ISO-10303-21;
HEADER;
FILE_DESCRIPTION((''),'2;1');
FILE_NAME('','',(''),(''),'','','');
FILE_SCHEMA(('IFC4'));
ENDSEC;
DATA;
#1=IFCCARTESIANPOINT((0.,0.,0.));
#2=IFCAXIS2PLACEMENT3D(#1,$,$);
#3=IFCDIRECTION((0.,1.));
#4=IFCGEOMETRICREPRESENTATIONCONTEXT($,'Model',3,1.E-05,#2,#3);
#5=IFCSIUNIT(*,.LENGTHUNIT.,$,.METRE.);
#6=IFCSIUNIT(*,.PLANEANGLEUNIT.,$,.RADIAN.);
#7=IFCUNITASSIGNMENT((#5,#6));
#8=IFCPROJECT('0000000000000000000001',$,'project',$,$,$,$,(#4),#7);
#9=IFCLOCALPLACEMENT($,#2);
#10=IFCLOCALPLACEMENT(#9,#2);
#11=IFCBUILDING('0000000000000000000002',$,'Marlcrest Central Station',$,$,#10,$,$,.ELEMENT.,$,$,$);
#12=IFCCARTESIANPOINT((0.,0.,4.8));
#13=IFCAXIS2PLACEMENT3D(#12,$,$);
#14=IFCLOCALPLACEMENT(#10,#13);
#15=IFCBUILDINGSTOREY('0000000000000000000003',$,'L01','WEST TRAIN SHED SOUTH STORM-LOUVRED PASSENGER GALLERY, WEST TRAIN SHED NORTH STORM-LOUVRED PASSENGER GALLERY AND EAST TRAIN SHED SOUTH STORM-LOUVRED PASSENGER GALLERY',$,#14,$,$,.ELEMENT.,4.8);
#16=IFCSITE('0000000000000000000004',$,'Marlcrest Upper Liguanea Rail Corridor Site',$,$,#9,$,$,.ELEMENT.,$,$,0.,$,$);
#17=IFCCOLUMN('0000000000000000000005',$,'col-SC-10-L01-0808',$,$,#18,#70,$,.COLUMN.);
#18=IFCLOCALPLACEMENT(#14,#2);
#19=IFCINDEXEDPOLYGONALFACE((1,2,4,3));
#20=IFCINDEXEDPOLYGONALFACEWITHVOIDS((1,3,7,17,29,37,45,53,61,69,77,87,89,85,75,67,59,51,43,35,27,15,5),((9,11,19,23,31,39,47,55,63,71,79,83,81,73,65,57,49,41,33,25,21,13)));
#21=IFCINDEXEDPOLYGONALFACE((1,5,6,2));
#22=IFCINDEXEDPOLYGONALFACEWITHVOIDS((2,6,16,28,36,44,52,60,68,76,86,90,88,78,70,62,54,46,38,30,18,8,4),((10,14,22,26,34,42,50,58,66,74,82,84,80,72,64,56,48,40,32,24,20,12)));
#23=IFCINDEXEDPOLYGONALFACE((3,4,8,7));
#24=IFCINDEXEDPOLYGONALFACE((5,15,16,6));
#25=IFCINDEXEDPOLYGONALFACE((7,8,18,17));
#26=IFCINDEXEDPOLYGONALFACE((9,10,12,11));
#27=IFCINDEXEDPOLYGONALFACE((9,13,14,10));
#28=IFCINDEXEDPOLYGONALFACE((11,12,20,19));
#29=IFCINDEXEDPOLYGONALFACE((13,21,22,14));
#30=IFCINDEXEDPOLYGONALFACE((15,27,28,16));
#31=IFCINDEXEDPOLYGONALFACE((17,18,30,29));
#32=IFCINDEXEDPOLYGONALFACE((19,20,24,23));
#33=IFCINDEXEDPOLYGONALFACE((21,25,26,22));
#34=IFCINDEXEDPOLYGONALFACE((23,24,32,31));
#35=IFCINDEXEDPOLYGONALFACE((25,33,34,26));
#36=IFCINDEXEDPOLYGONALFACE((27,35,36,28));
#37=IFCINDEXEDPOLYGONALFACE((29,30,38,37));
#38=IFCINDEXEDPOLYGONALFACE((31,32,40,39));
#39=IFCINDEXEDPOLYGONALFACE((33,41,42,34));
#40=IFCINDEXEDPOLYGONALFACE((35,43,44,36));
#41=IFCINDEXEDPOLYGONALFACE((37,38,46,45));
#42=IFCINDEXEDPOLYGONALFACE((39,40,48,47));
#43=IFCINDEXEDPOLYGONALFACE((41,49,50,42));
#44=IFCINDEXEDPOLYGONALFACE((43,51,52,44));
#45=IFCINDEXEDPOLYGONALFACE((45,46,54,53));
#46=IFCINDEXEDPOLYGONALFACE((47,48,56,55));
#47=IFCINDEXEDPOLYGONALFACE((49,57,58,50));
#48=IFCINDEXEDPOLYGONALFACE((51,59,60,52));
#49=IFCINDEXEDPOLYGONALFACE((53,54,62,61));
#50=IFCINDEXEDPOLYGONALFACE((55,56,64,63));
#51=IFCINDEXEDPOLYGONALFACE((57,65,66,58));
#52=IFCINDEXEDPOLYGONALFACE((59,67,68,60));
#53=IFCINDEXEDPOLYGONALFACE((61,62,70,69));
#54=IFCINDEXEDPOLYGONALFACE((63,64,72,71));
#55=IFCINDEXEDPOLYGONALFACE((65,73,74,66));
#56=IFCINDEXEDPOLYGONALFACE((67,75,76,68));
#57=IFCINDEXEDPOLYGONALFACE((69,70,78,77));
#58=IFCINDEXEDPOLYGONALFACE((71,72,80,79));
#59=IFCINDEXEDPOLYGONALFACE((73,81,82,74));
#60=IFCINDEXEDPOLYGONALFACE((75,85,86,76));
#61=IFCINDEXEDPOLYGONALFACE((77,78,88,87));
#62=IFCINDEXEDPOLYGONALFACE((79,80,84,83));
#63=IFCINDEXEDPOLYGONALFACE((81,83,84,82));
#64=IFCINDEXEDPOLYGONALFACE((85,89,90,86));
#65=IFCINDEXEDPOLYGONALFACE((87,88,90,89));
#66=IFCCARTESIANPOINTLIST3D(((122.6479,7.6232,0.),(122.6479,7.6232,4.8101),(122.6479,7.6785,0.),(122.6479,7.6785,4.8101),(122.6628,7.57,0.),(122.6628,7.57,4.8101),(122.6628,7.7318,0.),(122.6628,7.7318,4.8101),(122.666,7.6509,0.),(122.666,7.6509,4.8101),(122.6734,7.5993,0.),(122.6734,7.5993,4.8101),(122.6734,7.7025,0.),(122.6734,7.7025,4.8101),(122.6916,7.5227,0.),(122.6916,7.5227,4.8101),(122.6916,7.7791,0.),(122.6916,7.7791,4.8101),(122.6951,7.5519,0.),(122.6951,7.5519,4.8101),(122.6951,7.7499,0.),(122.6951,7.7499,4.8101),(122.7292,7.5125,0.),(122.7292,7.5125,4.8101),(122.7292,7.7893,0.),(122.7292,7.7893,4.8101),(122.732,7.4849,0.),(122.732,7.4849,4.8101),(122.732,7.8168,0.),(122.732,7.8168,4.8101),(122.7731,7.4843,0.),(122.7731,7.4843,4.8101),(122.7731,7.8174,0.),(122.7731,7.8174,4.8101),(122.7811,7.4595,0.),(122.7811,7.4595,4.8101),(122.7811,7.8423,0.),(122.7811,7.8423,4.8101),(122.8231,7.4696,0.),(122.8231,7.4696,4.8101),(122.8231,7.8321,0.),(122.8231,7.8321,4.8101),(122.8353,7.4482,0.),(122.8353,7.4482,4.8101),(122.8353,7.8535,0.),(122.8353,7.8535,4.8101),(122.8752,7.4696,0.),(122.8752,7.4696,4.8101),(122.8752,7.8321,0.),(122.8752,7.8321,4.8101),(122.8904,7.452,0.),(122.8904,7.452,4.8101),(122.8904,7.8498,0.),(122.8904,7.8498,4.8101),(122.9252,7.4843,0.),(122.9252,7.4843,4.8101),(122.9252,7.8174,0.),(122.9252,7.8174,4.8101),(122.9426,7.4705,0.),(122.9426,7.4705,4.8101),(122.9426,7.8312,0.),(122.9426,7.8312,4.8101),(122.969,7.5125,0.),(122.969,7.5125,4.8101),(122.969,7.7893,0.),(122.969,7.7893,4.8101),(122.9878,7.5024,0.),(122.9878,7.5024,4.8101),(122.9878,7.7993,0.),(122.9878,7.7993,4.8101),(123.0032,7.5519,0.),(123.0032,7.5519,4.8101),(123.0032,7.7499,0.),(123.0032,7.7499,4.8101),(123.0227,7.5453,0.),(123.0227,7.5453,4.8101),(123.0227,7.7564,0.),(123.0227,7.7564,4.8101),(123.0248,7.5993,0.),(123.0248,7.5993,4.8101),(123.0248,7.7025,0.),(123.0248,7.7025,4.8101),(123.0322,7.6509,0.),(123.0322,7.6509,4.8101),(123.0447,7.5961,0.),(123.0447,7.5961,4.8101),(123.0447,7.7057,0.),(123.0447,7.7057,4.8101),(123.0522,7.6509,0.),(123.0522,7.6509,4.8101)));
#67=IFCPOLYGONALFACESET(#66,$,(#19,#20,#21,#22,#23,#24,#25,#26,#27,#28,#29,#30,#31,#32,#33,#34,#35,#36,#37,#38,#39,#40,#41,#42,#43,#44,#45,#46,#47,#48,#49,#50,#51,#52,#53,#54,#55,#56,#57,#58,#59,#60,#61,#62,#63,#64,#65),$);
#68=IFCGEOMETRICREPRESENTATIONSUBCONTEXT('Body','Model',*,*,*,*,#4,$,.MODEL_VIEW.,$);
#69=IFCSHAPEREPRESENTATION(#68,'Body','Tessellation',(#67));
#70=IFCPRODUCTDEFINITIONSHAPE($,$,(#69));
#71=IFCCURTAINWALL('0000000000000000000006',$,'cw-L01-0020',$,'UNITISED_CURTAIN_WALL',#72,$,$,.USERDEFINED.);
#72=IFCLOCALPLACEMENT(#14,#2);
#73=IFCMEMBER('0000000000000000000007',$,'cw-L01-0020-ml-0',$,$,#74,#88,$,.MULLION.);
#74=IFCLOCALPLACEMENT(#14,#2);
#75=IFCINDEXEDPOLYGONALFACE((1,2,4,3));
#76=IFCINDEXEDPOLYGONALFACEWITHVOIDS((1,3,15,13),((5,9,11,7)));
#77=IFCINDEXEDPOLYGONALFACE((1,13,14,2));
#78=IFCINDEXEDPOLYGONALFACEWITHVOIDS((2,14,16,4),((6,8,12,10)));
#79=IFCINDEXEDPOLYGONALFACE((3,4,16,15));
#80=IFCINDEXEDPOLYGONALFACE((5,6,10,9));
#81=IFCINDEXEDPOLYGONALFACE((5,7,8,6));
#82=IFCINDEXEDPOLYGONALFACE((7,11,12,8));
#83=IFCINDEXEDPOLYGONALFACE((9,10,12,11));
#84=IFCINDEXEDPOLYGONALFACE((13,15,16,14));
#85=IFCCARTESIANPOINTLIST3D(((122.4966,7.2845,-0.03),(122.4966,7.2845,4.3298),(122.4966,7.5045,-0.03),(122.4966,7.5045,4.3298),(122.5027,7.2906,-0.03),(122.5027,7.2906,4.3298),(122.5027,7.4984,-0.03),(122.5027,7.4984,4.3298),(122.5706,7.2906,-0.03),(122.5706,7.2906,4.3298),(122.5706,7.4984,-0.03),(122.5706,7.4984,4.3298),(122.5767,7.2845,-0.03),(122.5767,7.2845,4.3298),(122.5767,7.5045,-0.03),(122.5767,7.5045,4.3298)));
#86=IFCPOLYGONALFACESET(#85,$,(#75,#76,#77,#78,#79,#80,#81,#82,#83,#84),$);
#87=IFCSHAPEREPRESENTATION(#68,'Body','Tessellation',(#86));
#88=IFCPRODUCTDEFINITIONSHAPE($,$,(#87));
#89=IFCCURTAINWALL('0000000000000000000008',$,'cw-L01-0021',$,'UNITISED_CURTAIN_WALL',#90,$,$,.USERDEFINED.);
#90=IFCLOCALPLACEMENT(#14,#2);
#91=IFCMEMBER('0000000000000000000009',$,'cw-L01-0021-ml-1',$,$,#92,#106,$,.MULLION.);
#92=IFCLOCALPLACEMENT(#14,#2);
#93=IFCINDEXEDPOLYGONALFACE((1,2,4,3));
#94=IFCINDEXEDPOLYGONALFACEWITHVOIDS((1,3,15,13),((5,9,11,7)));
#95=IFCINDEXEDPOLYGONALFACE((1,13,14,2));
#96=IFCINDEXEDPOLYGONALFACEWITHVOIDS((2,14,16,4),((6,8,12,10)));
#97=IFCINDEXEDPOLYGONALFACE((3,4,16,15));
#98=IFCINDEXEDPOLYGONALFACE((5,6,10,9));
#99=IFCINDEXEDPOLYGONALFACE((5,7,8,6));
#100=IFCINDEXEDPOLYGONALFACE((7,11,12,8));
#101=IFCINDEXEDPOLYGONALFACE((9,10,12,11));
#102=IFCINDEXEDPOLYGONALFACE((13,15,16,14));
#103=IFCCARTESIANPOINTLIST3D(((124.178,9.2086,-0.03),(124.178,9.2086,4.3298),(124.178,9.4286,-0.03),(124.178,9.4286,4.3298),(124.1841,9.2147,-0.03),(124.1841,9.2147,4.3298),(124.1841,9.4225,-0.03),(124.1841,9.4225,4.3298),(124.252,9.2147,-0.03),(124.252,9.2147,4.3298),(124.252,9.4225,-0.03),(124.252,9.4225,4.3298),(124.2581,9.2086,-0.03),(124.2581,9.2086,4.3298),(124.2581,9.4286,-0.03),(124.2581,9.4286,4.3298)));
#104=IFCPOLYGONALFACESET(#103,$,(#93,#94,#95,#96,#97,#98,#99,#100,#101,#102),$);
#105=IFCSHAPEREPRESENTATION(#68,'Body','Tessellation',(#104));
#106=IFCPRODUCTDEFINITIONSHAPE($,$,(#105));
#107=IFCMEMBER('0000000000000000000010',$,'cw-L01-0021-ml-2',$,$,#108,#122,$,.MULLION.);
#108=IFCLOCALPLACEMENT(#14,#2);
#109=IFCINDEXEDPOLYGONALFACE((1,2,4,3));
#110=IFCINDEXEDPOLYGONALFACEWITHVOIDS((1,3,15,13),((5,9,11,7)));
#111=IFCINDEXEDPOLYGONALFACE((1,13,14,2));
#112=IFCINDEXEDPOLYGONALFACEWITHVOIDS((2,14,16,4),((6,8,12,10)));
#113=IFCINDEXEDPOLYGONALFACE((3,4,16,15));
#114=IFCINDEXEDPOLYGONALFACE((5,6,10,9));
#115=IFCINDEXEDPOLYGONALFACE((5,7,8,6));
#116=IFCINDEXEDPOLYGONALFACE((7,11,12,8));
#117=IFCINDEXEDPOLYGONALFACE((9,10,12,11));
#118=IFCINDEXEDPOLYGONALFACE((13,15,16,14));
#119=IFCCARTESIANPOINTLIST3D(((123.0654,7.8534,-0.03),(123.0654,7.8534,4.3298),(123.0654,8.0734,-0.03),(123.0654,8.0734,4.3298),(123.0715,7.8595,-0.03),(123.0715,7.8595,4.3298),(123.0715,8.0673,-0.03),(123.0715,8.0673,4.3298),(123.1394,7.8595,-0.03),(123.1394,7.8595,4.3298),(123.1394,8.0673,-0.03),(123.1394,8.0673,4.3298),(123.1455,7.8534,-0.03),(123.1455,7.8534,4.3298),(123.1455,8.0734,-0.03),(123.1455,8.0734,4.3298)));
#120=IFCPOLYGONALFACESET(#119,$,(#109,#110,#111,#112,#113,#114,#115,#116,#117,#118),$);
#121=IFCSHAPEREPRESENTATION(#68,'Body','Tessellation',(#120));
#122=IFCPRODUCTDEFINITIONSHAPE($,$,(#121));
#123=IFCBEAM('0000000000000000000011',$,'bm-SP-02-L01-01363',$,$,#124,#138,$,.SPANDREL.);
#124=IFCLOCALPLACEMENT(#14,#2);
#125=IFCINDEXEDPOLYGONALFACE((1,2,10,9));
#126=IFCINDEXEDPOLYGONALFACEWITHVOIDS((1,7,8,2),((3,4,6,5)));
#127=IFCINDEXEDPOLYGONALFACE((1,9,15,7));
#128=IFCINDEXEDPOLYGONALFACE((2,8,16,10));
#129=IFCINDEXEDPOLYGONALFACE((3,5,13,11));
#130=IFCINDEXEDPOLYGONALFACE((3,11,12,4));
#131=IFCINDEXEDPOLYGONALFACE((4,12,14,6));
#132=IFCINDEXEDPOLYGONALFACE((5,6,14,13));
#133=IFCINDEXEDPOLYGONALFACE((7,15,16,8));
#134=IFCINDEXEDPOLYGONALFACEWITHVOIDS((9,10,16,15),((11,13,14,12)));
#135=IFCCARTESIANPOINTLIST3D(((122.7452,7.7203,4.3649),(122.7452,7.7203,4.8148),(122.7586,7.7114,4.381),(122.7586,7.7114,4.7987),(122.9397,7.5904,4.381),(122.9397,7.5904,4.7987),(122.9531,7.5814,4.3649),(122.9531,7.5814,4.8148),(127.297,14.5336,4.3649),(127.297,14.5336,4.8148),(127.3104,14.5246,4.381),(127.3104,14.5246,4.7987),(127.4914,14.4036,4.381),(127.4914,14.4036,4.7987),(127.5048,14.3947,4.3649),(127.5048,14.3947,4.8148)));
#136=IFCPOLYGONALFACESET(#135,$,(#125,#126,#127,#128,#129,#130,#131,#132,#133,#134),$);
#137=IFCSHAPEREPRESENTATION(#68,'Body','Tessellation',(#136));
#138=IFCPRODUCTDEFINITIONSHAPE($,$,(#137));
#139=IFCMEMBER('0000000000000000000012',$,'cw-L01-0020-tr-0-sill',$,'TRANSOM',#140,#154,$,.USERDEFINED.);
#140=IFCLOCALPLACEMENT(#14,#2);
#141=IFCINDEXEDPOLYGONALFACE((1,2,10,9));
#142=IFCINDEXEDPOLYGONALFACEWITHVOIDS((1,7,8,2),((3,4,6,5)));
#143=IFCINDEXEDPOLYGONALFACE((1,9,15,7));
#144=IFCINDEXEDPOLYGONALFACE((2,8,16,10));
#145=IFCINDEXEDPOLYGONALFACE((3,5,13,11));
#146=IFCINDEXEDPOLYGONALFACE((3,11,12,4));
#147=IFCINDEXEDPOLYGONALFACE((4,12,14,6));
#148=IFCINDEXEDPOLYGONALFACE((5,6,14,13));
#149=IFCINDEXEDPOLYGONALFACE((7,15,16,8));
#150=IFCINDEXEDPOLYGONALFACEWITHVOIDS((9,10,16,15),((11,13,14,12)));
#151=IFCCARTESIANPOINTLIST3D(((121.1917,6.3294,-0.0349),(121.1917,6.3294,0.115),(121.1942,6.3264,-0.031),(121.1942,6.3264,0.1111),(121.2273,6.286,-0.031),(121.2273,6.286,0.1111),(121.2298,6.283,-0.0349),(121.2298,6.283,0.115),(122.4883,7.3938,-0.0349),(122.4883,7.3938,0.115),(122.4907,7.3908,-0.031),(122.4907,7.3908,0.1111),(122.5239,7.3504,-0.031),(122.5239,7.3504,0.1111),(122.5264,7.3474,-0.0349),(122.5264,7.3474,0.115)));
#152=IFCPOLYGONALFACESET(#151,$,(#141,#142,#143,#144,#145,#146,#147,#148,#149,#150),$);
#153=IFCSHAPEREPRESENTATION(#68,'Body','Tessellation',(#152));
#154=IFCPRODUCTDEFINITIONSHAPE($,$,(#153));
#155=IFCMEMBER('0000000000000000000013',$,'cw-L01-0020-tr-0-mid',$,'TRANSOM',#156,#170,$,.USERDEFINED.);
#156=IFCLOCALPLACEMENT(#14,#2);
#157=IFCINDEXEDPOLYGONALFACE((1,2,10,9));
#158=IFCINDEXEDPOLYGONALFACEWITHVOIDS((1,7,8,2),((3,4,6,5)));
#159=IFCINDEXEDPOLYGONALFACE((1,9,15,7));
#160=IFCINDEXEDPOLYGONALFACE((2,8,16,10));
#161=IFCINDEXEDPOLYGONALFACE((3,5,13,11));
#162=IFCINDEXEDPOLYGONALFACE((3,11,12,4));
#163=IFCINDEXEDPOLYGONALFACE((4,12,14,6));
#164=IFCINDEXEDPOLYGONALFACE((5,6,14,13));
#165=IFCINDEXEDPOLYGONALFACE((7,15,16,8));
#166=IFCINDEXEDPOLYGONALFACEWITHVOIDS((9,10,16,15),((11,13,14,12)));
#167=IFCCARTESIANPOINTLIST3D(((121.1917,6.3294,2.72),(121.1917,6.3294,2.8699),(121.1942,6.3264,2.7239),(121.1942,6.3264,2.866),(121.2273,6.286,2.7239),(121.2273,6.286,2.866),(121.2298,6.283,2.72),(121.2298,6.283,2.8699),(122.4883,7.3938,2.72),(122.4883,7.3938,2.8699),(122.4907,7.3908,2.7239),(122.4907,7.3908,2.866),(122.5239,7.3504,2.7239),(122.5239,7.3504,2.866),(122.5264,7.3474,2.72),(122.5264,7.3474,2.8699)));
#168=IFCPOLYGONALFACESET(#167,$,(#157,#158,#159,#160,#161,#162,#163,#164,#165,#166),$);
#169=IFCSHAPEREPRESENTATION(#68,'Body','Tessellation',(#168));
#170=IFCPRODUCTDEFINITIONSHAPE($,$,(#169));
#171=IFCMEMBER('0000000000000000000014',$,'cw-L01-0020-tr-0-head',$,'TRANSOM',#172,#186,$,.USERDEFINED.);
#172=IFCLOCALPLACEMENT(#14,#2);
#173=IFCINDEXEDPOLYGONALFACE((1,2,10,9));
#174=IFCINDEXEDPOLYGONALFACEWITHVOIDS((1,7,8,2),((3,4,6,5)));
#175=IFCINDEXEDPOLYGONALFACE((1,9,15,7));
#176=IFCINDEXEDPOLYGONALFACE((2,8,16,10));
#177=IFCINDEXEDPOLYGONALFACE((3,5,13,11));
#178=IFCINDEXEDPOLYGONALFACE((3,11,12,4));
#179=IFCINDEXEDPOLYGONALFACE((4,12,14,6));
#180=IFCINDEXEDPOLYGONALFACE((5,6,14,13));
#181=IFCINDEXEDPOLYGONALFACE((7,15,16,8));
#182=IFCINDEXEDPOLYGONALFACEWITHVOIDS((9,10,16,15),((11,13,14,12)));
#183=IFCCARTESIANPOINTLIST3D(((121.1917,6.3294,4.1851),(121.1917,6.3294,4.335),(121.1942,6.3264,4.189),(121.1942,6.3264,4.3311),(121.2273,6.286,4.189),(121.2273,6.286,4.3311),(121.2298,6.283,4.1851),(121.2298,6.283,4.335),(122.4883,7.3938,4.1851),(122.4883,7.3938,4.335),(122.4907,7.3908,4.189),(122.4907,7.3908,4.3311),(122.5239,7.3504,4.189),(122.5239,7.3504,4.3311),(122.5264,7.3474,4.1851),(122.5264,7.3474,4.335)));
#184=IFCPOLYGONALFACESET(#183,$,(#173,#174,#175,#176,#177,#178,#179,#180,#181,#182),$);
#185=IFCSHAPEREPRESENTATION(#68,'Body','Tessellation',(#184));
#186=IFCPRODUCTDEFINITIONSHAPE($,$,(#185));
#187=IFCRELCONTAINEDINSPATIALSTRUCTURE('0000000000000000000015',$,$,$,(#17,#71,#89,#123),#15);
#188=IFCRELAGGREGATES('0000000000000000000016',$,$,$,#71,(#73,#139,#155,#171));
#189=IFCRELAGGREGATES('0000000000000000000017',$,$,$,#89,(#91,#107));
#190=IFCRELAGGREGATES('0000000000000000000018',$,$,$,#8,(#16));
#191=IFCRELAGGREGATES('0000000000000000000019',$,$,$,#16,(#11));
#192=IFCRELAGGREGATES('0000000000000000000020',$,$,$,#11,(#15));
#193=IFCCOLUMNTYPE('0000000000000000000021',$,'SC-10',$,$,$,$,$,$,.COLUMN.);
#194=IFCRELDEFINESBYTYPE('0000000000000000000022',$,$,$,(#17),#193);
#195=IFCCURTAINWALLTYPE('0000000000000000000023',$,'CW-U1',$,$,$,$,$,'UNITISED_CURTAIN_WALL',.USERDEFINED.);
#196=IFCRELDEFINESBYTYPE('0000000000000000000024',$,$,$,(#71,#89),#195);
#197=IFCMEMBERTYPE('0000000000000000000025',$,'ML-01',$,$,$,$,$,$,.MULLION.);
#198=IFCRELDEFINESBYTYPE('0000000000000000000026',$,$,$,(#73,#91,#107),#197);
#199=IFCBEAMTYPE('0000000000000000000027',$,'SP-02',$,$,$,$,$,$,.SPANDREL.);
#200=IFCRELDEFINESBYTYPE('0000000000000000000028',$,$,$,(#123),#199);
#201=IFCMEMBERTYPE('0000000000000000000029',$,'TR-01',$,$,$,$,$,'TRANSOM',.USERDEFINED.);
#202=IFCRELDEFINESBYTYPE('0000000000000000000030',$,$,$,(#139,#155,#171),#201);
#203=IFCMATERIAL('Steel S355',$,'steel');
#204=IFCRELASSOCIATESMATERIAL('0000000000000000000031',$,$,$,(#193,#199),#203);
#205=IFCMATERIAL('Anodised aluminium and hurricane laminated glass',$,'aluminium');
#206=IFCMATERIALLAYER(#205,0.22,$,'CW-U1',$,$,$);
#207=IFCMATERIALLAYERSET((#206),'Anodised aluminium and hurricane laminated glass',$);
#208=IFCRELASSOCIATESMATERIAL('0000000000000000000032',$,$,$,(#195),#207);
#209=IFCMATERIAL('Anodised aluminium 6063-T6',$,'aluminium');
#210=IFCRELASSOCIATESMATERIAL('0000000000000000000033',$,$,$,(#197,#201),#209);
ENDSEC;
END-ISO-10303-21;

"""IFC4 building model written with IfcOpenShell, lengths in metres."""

from ifc_helpers import new_model, si_unit, direction, frame, origin, origin_2d, place, context, subcontext, project, spatial, hollow_rectangle, hollow_circle, extrude, material, layer, layer_set, material_profile, profile_set, type_object, element, aggregate, save


model = new_model("IFC4")

# Units and contexts
model_context = context("Model", 3, precision=1e-05, world=origin(), true_north=direction((0.0, 1.0)))
body_context = subcontext(model_context, "Body", "Model", "MODEL_VIEW")
ifc_project = project(units=[si_unit("LENGTHUNIT", "METRE"), si_unit("PLANEANGLEUNIT", "RADIAN")], contexts=[model_context])

# Site, building, storey
site_placement = place(None, origin())
site = spatial("IfcSite", under=ifc_project, at=site_placement, Name="Marlcrest Upper Liguanea Rail Corridor Site", CompositionType="ELEMENT", RefElevation=0.0)
building_placement = place(site_placement, origin())
building = spatial("IfcBuilding", under=site, at=building_placement, Name="Marlcrest Central Station", CompositionType="ELEMENT")
storey_placement = place(building_placement, frame((0.0, 0.0, 4.8)))
storey = spatial("IfcBuildingStorey", under=building, at=storey_placement, Name="L01", Description="WEST TRAIN SHED SOUTH STORM-LOUVRED PASSENGER GALLERY, WEST TRAIN SHED NORTH STORM-LOUVRED PASSENGER GALLERY AND EAST TRAIN SHED SOUTH STORM-LOUVRED PASSENGER GALLERY", CompositionType="ELEMENT", Elevation=4.8)

# Column
ifc_material_1 = material(Name="Steel S355", Category="steel")
ifc_material_profile_1 = material_profile(ifc_material_1, hollow_circle(Radius=0.2031, WallThickness=0.02, at=origin_2d()), Name="CHS 406.4x20")
ifc_profile_set_1 = profile_set([ifc_material_profile_1], Name="Steel S355")
column_type = type_object("IfcColumnType", Name="SC-10", PredefinedType="COLUMN", material=ifc_profile_set_1)
column_placement = place(storey_placement, frame((122.8491, 7.6509, 0.0), z_axis=(0.0, 0.0, 1.0), x_axis=(1.0, 0.0, 0.0)))
element("IfcColumn", 1, at=column_placement, inside=storey, type_object=column_type, Name="col-SC-10-L01-0808", PredefinedType="COLUMN", context=body_context, shape_type="SweptSolid", body=[
    extrude(hollow_circle(Radius=0.2031, WallThickness=0.02, at=origin_2d()), origin(), (0.0, 0.0, 1.0), 4.8101),
])

# Curtain wall, member
ifc_material_2 = material(Name="Anodised aluminium and hurricane laminated glass", Category="aluminium")
ifc_layer_1 = layer(ifc_material_2, 0.22, Name="CW-U1")
ifc_layer_set_1 = layer_set([ifc_layer_1], Name="Anodised aluminium and hurricane laminated glass")
curtain_wall_type = type_object("IfcCurtainWallType", Name="CW-U1", ElementType="UNITISED_CURTAIN_WALL", PredefinedType="USERDEFINED", material=ifc_layer_set_1)
curtain_wall_1_placement = place(storey_placement, origin())
curtain_wall_1 = element("IfcCurtainWall", 2, at=curtain_wall_1_placement, inside=storey, type_object=curtain_wall_type, Name="cw-L01-0020", ObjectType="UNITISED_CURTAIN_WALL", PredefinedType="USERDEFINED")
ifc_material_3 = material(Name="Anodised aluminium 6063-T6", Category="aluminium")
ifc_material_profile_2 = material_profile(ifc_material_3, hollow_rectangle(XDim=0.0801, YDim=0.22, WallThickness=0.0061, at=origin_2d()), Name="AA-RHS 220x80x6")
ifc_profile_set_2 = profile_set([ifc_material_profile_2], Name="Anodised aluminium 6063-T6")
member_type_1 = type_object("IfcMemberType", Name="ML-01", PredefinedType="MULLION", material=ifc_profile_set_2)
member_1_placement = place(storey_placement, frame((122.5366, 7.3945, -0.03), z_axis=(0.0, 0.0, 1.0), x_axis=(1.0, 0.0, 0.0)))
member_1 = element("IfcMember", 3, at=member_1_placement, type_object=member_type_1, Name="cw-L01-0020-ml-0", PredefinedType="MULLION", context=body_context, shape_type="SweptSolid", body=[
    extrude(hollow_rectangle(XDim=0.0801, YDim=0.22, WallThickness=0.0061, at=origin_2d()), origin(), (0.0, 0.0, 1.0), 4.3599),
])

# Curtain wall, members
curtain_wall_2_placement = place(storey_placement, origin())
curtain_wall_2 = element("IfcCurtainWall", 4, at=curtain_wall_2_placement, inside=storey, type_object=curtain_wall_type, Name="cw-L01-0021", ObjectType="UNITISED_CURTAIN_WALL", PredefinedType="USERDEFINED")
member_2_placement = place(storey_placement, frame((124.218, 9.3186, -0.03), z_axis=(0.0, 0.0, 1.0), x_axis=(1.0, 0.0, 0.0)))
member_2 = element("IfcMember", 5, at=member_2_placement, type_object=member_type_1, Name="cw-L01-0021-ml-1", PredefinedType="MULLION", context=body_context, shape_type="SweptSolid", body=[
    extrude(hollow_rectangle(XDim=0.0801, YDim=0.22, WallThickness=0.0061, at=origin_2d()), origin(), (0.0, 0.0, 1.0), 4.3599),
])
member_3_placement = place(storey_placement, frame((123.1055, 7.9634, -0.03), z_axis=(0.0, 0.0, 1.0), x_axis=(1.0, 0.0, 0.0)))
member_3 = element("IfcMember", 6, at=member_3_placement, type_object=member_type_1, Name="cw-L01-0021-ml-2", PredefinedType="MULLION", context=body_context, shape_type="SweptSolid", body=[
    extrude(hollow_rectangle(XDim=0.0801, YDim=0.22, WallThickness=0.0061, at=origin_2d()), origin(), (0.0, 0.0, 1.0), 4.3599),
])

# Beam
ifc_material_profile_3 = material_profile(ifc_material_1, hollow_rectangle(XDim=0.25, YDim=0.45, WallThickness=0.0161, at=origin_2d()), Name="RHS 450x250x16")
ifc_profile_set_3 = profile_set([ifc_material_profile_3], Name="Steel S355")
beam_type = type_object("IfcBeamType", Name="SP-02", PredefinedType="SPANDREL", material=ifc_profile_set_3)
beam_placement = place(storey_placement, frame((122.8491, 7.6509, 4.5898), z_axis=(0.555511, 0.831509, 0.0), x_axis=(-0.831509, 0.555511, 0.0)))
element("IfcBeam", 7, at=beam_placement, inside=storey, type_object=beam_type, Name="bm-SP-02-L01-01363", PredefinedType="SPANDREL", context=body_context, shape_type="SweptSolid", body=[
    extrude(hollow_rectangle(XDim=0.25, YDim=0.45, WallThickness=0.0161, at=origin_2d()), origin(), (0.0, 0.0, 1.0), 8.1938),
])

# Members
ifc_material_profile_4 = material_profile(ifc_material_3, hollow_rectangle(XDim=0.0601, YDim=0.1499, WallThickness=0.0039, at=origin_2d()), Name="AA-RHS 150x60x4")
ifc_profile_set_4 = profile_set([ifc_material_profile_4], Name="Anodised aluminium 6063-T6")
member_type_2 = type_object("IfcMemberType", Name="TR-01", ElementType="TRANSOM", PredefinedType="USERDEFINED", material=ifc_profile_set_4)
member_4_placement = place(storey_placement, frame((122.5073, 7.3706, 0.04), z_axis=(-0.772912, -0.634513, 0.0), x_axis=(0.634513, -0.772912, 0.0)))
member_4 = element("IfcMember", 8, at=member_4_placement, type_object=member_type_2, Name="cw-L01-0020-tr-0-sill", ObjectType="TRANSOM", PredefinedType="USERDEFINED", context=body_context, shape_type="SweptSolid", body=[
    extrude(hollow_rectangle(XDim=0.0601, YDim=0.1499, WallThickness=0.0039, at=origin_2d()), origin(), (0.0, 0.0, 1.0), 1.6775),
])
member_5_placement = place(storey_placement, frame((122.5073, 7.3706, 2.7949), z_axis=(-0.772912, -0.634513, 0.0), x_axis=(0.634513, -0.772912, 0.0)))
member_5 = element("IfcMember", 9, at=member_5_placement, type_object=member_type_2, Name="cw-L01-0020-tr-0-mid", ObjectType="TRANSOM", PredefinedType="USERDEFINED", context=body_context, shape_type="SweptSolid", body=[
    extrude(hollow_rectangle(XDim=0.0601, YDim=0.1499, WallThickness=0.0039, at=origin_2d()), origin(), (0.0, 0.0, 1.0), 1.6775),
])
member_6_placement = place(storey_placement, frame((122.5073, 7.3706, 4.26), z_axis=(-0.772912, -0.634513, 0.0), x_axis=(0.634513, -0.772912, 0.0)))
member_6 = element("IfcMember", 10, at=member_6_placement, type_object=member_type_2, Name="cw-L01-0020-tr-0-head", ObjectType="TRANSOM", PredefinedType="USERDEFINED", context=body_context, shape_type="SweptSolid", body=[
    extrude(hollow_rectangle(XDim=0.0601, YDim=0.1499, WallThickness=0.0039, at=origin_2d()), origin(), (0.0, 0.0, 1.0), 1.6775),
])
aggregate(curtain_wall_1, [member_1, member_4, member_5, member_6])

aggregate(curtain_wall_2, [member_2, member_3])

save(model, "model.ifc")
